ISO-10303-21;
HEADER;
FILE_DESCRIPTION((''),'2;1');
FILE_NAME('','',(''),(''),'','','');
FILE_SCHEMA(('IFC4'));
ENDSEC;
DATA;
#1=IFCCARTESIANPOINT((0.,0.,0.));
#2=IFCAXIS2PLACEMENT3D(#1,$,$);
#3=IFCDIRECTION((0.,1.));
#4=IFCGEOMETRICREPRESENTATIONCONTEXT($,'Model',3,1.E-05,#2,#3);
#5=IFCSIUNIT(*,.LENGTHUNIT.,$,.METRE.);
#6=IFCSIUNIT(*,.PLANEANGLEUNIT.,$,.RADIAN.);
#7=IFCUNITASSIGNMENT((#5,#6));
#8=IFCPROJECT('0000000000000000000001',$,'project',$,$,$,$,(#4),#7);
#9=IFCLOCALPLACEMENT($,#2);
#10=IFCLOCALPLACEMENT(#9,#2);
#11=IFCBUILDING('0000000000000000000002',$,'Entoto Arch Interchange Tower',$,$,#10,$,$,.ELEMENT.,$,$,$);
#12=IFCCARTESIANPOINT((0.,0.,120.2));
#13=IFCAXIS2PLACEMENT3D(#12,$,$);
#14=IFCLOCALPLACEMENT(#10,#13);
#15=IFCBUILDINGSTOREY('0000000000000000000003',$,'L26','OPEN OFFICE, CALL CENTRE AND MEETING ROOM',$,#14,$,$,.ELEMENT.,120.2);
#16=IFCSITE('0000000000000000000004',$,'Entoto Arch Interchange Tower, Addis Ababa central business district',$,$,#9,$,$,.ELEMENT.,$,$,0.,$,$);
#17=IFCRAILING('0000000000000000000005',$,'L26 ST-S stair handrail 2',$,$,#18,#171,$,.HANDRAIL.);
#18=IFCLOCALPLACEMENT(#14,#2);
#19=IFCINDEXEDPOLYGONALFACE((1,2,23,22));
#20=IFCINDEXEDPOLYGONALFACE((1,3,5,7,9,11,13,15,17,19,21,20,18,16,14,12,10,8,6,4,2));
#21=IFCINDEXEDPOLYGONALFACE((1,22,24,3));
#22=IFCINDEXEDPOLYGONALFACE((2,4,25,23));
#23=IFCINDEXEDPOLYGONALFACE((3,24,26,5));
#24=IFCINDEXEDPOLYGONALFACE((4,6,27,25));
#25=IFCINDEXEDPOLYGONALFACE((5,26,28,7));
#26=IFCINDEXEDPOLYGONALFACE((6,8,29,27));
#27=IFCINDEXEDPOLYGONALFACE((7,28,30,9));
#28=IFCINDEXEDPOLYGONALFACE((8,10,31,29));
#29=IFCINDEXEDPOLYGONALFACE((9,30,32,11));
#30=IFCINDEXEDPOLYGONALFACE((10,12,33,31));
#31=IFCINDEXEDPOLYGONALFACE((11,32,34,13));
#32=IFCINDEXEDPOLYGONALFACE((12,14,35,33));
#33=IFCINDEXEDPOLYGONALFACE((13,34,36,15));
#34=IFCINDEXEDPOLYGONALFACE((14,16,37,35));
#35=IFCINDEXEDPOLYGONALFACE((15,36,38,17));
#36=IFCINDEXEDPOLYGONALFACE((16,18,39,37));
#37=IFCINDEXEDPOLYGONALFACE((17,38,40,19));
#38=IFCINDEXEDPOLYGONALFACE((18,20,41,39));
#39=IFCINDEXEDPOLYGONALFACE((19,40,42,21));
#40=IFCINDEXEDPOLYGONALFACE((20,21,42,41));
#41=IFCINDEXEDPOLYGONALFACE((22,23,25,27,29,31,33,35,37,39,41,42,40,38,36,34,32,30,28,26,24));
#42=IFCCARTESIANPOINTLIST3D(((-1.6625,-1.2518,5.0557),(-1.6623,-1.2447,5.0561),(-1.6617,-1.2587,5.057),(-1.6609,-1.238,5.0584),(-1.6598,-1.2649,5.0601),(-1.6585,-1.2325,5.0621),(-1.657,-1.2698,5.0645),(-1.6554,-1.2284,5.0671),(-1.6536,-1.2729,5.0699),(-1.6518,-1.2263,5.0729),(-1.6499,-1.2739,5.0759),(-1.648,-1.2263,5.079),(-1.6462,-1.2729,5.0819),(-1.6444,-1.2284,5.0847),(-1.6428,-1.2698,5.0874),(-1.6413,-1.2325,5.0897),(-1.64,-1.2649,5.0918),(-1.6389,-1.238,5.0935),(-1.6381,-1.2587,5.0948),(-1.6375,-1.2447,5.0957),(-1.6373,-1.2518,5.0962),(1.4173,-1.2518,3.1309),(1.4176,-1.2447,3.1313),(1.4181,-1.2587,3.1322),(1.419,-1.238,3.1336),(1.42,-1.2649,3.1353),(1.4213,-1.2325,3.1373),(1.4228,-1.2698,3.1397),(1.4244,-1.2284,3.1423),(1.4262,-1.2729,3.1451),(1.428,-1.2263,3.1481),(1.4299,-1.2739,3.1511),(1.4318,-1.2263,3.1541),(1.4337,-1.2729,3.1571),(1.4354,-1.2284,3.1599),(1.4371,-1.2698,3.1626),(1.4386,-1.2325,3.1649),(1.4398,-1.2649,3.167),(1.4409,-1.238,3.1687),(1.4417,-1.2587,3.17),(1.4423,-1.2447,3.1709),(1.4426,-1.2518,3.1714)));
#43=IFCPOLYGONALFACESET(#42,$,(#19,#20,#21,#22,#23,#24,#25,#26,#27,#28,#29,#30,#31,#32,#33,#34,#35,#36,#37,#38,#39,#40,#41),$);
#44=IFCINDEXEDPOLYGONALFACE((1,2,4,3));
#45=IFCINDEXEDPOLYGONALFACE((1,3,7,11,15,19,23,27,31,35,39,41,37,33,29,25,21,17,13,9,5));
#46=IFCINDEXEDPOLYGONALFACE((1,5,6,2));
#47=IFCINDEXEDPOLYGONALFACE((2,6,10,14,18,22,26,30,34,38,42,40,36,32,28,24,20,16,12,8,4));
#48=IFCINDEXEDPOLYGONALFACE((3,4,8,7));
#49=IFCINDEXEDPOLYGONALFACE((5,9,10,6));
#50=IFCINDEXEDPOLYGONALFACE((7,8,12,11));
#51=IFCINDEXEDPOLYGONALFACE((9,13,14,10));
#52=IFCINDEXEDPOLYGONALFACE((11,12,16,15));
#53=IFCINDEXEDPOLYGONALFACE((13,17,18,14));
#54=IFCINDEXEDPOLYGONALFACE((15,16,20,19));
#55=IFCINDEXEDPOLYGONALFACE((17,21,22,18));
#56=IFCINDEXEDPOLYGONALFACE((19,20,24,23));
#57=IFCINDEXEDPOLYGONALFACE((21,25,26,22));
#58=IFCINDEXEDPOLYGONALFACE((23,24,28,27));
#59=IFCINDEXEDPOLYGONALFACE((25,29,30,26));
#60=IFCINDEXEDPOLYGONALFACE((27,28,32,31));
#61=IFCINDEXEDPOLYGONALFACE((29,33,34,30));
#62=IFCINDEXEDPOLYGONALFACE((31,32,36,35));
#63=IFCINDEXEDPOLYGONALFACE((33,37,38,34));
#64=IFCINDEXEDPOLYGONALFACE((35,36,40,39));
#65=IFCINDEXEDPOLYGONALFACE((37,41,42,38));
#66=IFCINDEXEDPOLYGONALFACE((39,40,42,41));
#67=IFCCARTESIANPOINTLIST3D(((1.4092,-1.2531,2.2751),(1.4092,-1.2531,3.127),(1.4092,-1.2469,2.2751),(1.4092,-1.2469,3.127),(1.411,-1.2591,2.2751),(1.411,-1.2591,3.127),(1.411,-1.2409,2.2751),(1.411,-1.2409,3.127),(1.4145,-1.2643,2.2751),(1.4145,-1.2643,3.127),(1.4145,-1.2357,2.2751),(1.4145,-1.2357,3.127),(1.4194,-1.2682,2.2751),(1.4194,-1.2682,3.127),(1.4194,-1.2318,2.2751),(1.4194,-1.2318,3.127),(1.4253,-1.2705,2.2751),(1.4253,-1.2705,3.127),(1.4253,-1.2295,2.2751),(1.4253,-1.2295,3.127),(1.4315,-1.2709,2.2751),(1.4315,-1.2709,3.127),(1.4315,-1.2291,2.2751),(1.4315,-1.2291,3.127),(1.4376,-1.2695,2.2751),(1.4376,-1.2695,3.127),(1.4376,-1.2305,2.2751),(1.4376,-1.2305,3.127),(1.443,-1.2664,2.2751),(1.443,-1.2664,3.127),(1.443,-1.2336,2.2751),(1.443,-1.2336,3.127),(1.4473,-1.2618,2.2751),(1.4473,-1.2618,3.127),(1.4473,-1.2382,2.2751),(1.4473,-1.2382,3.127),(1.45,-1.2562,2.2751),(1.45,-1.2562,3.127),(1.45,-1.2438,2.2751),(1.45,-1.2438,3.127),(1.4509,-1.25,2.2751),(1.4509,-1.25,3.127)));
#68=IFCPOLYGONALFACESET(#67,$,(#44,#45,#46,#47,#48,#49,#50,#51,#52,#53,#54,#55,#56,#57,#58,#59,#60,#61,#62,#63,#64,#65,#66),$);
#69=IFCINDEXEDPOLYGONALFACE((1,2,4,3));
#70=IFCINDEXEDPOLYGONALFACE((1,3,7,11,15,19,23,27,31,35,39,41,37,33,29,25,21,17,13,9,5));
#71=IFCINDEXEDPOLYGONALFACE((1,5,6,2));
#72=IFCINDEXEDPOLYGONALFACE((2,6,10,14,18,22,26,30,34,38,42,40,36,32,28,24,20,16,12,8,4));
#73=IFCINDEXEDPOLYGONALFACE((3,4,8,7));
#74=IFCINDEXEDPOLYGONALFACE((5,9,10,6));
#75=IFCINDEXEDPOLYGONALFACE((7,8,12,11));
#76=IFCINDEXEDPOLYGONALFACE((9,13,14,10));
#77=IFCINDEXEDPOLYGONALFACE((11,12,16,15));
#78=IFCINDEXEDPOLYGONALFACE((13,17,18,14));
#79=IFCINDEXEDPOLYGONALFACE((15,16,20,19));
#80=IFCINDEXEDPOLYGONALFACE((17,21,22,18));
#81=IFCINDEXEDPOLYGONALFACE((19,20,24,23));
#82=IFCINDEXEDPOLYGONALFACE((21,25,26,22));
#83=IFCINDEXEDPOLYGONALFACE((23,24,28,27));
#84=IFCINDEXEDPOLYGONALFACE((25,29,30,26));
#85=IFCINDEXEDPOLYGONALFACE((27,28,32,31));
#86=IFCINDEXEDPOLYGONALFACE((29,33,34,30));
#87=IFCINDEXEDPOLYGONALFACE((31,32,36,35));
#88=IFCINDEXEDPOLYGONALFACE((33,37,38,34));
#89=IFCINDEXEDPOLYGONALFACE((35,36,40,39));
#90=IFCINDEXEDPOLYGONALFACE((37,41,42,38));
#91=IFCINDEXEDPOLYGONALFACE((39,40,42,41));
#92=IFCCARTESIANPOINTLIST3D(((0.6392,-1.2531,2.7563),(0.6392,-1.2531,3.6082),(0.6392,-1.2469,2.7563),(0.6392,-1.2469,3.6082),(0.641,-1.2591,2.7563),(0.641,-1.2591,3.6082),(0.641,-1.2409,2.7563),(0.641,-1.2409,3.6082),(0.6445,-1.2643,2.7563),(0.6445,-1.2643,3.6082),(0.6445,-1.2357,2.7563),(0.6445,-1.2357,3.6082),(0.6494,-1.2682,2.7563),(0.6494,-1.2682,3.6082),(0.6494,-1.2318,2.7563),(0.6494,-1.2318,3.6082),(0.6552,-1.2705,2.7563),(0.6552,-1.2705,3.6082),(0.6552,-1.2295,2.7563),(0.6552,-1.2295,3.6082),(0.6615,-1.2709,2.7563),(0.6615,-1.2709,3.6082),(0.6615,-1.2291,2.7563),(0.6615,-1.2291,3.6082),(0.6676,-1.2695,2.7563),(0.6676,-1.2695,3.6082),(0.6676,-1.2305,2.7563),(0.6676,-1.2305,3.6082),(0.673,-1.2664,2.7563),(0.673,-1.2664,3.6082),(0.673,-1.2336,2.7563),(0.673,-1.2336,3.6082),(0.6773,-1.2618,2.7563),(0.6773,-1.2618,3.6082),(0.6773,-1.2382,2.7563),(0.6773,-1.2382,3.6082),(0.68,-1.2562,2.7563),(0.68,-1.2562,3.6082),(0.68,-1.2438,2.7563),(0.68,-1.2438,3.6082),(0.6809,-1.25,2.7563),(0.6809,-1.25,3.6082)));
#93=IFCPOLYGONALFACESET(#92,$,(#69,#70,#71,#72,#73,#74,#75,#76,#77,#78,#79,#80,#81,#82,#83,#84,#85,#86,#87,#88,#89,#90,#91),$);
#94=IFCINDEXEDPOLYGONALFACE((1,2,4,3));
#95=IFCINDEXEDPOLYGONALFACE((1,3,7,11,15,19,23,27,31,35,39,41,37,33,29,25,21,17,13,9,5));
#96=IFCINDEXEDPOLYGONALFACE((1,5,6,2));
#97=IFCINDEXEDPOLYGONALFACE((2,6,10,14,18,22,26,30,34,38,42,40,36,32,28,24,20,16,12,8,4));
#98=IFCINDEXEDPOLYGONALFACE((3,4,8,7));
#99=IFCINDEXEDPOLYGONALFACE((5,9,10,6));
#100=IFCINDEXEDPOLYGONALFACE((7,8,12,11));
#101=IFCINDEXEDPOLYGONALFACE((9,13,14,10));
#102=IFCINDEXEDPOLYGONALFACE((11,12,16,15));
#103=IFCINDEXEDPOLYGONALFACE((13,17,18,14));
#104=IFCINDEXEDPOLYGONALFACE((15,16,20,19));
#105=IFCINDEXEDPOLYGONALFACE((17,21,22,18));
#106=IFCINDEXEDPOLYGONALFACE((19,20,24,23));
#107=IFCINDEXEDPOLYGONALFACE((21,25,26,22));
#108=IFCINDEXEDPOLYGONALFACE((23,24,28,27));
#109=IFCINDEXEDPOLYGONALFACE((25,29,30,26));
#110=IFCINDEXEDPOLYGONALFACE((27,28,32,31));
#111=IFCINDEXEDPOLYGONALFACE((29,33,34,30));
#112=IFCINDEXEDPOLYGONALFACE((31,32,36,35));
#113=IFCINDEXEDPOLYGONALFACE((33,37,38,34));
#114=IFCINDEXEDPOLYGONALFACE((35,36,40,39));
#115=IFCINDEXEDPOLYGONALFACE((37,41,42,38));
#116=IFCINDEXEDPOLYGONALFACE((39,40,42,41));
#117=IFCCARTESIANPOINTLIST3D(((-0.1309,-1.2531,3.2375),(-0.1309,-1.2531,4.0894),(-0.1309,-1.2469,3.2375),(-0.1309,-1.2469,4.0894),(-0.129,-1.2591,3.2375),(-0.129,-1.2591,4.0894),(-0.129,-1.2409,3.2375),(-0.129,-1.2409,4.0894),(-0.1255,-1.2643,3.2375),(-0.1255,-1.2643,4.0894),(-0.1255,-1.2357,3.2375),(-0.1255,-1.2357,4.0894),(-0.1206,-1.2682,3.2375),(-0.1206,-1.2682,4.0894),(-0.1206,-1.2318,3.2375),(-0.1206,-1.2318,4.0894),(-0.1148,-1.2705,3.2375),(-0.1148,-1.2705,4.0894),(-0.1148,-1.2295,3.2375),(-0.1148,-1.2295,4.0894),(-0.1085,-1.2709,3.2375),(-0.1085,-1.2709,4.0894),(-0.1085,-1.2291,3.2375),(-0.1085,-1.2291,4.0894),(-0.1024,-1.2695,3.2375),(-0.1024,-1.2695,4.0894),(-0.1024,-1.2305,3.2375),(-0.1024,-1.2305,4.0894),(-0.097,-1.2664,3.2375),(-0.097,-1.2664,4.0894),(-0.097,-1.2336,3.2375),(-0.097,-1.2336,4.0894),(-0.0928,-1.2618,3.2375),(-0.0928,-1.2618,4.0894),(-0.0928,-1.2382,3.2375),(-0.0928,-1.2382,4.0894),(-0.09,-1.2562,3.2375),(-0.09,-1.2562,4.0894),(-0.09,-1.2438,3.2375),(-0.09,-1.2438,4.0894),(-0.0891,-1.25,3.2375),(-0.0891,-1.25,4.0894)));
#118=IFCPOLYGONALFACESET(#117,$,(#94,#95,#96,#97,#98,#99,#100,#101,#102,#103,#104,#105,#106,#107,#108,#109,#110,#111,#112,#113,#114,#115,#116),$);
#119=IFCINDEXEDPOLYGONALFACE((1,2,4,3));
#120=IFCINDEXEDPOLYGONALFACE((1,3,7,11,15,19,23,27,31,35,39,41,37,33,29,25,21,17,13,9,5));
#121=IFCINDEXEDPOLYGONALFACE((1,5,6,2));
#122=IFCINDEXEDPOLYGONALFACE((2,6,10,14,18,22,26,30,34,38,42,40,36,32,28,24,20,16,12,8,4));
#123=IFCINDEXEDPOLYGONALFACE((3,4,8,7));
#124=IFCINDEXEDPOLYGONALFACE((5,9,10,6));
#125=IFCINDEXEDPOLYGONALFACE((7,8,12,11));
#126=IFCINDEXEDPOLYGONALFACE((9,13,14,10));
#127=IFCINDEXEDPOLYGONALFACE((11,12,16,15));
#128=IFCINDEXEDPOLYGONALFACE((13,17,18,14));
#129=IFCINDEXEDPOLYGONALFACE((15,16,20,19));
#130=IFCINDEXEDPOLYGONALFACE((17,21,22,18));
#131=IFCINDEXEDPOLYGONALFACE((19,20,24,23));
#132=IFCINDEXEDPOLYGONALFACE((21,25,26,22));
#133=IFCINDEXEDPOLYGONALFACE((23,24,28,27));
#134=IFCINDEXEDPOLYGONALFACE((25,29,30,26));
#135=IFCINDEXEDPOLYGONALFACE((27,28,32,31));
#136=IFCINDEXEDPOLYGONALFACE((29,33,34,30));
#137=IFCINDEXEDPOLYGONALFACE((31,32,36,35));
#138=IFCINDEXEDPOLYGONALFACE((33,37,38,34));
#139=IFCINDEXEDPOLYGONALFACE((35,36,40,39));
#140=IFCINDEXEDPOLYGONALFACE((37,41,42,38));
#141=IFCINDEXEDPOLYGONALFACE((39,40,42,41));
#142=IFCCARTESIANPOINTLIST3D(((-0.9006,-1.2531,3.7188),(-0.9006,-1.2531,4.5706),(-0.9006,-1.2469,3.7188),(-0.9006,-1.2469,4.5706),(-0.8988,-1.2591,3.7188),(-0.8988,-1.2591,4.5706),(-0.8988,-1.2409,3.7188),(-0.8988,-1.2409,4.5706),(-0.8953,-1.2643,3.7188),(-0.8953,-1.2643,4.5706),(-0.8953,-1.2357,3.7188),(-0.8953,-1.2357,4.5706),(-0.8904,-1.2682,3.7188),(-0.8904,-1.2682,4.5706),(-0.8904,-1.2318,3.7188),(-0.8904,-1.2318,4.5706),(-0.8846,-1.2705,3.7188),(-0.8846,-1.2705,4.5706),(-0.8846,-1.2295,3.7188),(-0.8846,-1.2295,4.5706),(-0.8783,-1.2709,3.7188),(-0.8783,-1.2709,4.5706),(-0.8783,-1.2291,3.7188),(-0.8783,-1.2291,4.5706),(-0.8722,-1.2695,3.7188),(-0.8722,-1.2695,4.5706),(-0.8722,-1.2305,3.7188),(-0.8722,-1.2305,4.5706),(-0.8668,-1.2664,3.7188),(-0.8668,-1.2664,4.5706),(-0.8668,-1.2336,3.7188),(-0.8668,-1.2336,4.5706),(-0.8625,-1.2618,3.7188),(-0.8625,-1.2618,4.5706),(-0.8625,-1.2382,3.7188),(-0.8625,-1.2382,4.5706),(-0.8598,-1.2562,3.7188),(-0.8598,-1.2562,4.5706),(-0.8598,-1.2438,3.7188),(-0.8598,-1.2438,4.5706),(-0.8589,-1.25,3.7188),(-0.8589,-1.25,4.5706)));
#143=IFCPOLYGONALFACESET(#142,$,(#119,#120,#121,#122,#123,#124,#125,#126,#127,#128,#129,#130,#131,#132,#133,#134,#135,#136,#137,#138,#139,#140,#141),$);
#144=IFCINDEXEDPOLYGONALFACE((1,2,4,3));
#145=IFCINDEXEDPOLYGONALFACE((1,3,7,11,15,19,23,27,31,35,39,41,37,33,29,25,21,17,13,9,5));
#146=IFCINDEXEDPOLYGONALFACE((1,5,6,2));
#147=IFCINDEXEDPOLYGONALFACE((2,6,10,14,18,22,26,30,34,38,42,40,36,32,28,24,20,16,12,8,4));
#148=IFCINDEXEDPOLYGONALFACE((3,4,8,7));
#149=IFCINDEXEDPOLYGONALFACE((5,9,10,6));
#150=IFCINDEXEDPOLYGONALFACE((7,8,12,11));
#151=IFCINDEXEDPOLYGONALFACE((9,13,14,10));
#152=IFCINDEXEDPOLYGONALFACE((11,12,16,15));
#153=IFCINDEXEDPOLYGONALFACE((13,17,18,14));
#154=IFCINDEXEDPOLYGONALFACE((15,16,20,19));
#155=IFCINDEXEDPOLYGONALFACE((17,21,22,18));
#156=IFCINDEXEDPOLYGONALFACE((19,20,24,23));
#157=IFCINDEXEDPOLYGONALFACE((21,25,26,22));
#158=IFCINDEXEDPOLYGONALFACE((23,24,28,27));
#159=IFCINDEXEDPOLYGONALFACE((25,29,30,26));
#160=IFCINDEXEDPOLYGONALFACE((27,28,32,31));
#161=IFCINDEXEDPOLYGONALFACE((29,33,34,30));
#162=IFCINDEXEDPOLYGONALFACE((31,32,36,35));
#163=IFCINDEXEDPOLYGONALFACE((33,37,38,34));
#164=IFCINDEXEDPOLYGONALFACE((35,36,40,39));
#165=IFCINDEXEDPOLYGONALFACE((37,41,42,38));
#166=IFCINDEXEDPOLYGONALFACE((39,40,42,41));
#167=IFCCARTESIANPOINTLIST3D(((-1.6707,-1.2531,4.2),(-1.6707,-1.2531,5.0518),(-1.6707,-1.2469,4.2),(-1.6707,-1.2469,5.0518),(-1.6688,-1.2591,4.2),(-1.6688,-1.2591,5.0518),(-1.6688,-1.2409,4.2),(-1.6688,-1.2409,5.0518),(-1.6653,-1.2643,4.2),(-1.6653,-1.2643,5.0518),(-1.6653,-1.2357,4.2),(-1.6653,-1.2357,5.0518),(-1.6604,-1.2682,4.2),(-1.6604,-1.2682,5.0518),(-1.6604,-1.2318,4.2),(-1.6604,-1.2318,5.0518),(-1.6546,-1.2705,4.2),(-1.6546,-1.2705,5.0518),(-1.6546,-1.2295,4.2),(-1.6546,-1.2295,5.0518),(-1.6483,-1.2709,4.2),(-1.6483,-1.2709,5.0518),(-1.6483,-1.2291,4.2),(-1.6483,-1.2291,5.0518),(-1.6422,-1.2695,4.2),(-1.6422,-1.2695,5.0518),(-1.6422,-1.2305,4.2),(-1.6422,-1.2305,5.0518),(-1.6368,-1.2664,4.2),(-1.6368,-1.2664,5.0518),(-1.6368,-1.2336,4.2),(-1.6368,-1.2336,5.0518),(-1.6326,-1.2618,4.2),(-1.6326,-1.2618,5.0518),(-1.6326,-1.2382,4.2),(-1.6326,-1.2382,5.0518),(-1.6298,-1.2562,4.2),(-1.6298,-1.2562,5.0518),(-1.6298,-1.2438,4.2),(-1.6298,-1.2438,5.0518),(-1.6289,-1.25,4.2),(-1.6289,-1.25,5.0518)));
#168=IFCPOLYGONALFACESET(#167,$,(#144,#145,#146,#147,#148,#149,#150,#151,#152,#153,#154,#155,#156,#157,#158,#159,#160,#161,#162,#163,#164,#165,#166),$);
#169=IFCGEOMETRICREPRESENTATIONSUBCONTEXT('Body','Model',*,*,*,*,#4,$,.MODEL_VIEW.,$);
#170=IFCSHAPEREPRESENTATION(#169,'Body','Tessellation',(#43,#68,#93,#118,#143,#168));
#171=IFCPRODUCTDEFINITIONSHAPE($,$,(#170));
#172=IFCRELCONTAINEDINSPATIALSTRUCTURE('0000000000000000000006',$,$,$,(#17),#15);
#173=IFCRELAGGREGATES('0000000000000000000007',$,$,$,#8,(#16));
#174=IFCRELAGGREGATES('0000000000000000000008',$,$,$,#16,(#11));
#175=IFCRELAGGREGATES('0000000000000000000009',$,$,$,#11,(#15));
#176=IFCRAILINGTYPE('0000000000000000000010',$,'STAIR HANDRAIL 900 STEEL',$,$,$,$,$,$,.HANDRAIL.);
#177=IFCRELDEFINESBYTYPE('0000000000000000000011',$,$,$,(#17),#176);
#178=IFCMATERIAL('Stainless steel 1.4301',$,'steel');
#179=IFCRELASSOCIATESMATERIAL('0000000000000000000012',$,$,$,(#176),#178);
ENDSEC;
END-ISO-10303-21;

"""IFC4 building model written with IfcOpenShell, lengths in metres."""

from ifc_helpers import new_model, si_unit, direction, frame, origin, origin_2d, place, context, subcontext, project, spatial, circle, extrude, material, type_object, element, save


model = new_model("IFC4")

# Units and contexts
model_context = context("Model", 3, precision=1e-05, world=origin(), true_north=direction((0.0, 1.0)))
body_context = subcontext(model_context, "Body", "Model", "MODEL_VIEW")
ifc_project = project(units=[si_unit("LENGTHUNIT", "METRE"), si_unit("PLANEANGLEUNIT", "RADIAN")], contexts=[model_context])

# Site, building, storey
site_placement = place(None, origin())
site = spatial("IfcSite", under=ifc_project, at=site_placement, Name="Entoto Arch Interchange Tower, Addis Ababa central business district", CompositionType="ELEMENT", RefElevation=0.0)
building_placement = place(site_placement, origin())
building = spatial("IfcBuilding", under=site, at=building_placement, Name="Entoto Arch Interchange Tower", CompositionType="ELEMENT")
storey_placement = place(building_placement, frame((0.0, 0.0, 120.2)))
storey = spatial("IfcBuildingStorey", under=building, at=storey_placement, Name="L26", Description="OPEN OFFICE, CALL CENTRE AND MEETING ROOM", CompositionType="ELEMENT", Elevation=120.2)

# Railing
ifc_material_1 = material(Name="Stainless steel 1.4301", Category="steel")
railing_type_1 = type_object("IfcRailingType", Name="STAIR HANDRAIL 900 STEEL", PredefinedType="HANDRAIL", material=ifc_material_1)
railing_1_placement = place(storey_placement, frame((1.4299, -1.25, 2.2751)))
element("IfcRailing", 1, at=railing_1_placement, inside=storey, type_object=railing_type_1, Name="L26 ST-S stair handrail 2", PredefinedType="HANDRAIL", context=body_context, shape_type="SweptSolid", body=[
    extrude(circle(Radius=0.0239, at=origin_2d()), frame((0.0, 0.0, 0.876), z_axis=(-0.84801, 0.0, 0.529981), x_axis=(0.0, -1.0, 0.0)), (0.0, 0.0, 1.0), 3.6318),
    extrude(circle(Radius=0.021, at=origin_2d()), origin(), (0.0, 0.0, 1.0), 0.8518),
    extrude(circle(Radius=0.021, at=origin_2d()), frame((-0.77, 0.0, 0.4812)), (0.0, 0.0, 1.0), 0.8518),
    extrude(circle(Radius=0.021, at=origin_2d()), frame((-1.54, 0.0, 0.9624)), (0.0, 0.0, 1.0), 0.8518),
    extrude(circle(Radius=0.021, at=origin_2d()), frame((-2.3098, 0.0, 1.4436)), (0.0, 0.0, 1.0), 0.8518),
    extrude(circle(Radius=0.021, at=origin_2d()), frame((-3.0798, 0.0, 1.9248)), (0.0, 0.0, 1.0), 0.8518),
])

save(model, "model.ifc")
